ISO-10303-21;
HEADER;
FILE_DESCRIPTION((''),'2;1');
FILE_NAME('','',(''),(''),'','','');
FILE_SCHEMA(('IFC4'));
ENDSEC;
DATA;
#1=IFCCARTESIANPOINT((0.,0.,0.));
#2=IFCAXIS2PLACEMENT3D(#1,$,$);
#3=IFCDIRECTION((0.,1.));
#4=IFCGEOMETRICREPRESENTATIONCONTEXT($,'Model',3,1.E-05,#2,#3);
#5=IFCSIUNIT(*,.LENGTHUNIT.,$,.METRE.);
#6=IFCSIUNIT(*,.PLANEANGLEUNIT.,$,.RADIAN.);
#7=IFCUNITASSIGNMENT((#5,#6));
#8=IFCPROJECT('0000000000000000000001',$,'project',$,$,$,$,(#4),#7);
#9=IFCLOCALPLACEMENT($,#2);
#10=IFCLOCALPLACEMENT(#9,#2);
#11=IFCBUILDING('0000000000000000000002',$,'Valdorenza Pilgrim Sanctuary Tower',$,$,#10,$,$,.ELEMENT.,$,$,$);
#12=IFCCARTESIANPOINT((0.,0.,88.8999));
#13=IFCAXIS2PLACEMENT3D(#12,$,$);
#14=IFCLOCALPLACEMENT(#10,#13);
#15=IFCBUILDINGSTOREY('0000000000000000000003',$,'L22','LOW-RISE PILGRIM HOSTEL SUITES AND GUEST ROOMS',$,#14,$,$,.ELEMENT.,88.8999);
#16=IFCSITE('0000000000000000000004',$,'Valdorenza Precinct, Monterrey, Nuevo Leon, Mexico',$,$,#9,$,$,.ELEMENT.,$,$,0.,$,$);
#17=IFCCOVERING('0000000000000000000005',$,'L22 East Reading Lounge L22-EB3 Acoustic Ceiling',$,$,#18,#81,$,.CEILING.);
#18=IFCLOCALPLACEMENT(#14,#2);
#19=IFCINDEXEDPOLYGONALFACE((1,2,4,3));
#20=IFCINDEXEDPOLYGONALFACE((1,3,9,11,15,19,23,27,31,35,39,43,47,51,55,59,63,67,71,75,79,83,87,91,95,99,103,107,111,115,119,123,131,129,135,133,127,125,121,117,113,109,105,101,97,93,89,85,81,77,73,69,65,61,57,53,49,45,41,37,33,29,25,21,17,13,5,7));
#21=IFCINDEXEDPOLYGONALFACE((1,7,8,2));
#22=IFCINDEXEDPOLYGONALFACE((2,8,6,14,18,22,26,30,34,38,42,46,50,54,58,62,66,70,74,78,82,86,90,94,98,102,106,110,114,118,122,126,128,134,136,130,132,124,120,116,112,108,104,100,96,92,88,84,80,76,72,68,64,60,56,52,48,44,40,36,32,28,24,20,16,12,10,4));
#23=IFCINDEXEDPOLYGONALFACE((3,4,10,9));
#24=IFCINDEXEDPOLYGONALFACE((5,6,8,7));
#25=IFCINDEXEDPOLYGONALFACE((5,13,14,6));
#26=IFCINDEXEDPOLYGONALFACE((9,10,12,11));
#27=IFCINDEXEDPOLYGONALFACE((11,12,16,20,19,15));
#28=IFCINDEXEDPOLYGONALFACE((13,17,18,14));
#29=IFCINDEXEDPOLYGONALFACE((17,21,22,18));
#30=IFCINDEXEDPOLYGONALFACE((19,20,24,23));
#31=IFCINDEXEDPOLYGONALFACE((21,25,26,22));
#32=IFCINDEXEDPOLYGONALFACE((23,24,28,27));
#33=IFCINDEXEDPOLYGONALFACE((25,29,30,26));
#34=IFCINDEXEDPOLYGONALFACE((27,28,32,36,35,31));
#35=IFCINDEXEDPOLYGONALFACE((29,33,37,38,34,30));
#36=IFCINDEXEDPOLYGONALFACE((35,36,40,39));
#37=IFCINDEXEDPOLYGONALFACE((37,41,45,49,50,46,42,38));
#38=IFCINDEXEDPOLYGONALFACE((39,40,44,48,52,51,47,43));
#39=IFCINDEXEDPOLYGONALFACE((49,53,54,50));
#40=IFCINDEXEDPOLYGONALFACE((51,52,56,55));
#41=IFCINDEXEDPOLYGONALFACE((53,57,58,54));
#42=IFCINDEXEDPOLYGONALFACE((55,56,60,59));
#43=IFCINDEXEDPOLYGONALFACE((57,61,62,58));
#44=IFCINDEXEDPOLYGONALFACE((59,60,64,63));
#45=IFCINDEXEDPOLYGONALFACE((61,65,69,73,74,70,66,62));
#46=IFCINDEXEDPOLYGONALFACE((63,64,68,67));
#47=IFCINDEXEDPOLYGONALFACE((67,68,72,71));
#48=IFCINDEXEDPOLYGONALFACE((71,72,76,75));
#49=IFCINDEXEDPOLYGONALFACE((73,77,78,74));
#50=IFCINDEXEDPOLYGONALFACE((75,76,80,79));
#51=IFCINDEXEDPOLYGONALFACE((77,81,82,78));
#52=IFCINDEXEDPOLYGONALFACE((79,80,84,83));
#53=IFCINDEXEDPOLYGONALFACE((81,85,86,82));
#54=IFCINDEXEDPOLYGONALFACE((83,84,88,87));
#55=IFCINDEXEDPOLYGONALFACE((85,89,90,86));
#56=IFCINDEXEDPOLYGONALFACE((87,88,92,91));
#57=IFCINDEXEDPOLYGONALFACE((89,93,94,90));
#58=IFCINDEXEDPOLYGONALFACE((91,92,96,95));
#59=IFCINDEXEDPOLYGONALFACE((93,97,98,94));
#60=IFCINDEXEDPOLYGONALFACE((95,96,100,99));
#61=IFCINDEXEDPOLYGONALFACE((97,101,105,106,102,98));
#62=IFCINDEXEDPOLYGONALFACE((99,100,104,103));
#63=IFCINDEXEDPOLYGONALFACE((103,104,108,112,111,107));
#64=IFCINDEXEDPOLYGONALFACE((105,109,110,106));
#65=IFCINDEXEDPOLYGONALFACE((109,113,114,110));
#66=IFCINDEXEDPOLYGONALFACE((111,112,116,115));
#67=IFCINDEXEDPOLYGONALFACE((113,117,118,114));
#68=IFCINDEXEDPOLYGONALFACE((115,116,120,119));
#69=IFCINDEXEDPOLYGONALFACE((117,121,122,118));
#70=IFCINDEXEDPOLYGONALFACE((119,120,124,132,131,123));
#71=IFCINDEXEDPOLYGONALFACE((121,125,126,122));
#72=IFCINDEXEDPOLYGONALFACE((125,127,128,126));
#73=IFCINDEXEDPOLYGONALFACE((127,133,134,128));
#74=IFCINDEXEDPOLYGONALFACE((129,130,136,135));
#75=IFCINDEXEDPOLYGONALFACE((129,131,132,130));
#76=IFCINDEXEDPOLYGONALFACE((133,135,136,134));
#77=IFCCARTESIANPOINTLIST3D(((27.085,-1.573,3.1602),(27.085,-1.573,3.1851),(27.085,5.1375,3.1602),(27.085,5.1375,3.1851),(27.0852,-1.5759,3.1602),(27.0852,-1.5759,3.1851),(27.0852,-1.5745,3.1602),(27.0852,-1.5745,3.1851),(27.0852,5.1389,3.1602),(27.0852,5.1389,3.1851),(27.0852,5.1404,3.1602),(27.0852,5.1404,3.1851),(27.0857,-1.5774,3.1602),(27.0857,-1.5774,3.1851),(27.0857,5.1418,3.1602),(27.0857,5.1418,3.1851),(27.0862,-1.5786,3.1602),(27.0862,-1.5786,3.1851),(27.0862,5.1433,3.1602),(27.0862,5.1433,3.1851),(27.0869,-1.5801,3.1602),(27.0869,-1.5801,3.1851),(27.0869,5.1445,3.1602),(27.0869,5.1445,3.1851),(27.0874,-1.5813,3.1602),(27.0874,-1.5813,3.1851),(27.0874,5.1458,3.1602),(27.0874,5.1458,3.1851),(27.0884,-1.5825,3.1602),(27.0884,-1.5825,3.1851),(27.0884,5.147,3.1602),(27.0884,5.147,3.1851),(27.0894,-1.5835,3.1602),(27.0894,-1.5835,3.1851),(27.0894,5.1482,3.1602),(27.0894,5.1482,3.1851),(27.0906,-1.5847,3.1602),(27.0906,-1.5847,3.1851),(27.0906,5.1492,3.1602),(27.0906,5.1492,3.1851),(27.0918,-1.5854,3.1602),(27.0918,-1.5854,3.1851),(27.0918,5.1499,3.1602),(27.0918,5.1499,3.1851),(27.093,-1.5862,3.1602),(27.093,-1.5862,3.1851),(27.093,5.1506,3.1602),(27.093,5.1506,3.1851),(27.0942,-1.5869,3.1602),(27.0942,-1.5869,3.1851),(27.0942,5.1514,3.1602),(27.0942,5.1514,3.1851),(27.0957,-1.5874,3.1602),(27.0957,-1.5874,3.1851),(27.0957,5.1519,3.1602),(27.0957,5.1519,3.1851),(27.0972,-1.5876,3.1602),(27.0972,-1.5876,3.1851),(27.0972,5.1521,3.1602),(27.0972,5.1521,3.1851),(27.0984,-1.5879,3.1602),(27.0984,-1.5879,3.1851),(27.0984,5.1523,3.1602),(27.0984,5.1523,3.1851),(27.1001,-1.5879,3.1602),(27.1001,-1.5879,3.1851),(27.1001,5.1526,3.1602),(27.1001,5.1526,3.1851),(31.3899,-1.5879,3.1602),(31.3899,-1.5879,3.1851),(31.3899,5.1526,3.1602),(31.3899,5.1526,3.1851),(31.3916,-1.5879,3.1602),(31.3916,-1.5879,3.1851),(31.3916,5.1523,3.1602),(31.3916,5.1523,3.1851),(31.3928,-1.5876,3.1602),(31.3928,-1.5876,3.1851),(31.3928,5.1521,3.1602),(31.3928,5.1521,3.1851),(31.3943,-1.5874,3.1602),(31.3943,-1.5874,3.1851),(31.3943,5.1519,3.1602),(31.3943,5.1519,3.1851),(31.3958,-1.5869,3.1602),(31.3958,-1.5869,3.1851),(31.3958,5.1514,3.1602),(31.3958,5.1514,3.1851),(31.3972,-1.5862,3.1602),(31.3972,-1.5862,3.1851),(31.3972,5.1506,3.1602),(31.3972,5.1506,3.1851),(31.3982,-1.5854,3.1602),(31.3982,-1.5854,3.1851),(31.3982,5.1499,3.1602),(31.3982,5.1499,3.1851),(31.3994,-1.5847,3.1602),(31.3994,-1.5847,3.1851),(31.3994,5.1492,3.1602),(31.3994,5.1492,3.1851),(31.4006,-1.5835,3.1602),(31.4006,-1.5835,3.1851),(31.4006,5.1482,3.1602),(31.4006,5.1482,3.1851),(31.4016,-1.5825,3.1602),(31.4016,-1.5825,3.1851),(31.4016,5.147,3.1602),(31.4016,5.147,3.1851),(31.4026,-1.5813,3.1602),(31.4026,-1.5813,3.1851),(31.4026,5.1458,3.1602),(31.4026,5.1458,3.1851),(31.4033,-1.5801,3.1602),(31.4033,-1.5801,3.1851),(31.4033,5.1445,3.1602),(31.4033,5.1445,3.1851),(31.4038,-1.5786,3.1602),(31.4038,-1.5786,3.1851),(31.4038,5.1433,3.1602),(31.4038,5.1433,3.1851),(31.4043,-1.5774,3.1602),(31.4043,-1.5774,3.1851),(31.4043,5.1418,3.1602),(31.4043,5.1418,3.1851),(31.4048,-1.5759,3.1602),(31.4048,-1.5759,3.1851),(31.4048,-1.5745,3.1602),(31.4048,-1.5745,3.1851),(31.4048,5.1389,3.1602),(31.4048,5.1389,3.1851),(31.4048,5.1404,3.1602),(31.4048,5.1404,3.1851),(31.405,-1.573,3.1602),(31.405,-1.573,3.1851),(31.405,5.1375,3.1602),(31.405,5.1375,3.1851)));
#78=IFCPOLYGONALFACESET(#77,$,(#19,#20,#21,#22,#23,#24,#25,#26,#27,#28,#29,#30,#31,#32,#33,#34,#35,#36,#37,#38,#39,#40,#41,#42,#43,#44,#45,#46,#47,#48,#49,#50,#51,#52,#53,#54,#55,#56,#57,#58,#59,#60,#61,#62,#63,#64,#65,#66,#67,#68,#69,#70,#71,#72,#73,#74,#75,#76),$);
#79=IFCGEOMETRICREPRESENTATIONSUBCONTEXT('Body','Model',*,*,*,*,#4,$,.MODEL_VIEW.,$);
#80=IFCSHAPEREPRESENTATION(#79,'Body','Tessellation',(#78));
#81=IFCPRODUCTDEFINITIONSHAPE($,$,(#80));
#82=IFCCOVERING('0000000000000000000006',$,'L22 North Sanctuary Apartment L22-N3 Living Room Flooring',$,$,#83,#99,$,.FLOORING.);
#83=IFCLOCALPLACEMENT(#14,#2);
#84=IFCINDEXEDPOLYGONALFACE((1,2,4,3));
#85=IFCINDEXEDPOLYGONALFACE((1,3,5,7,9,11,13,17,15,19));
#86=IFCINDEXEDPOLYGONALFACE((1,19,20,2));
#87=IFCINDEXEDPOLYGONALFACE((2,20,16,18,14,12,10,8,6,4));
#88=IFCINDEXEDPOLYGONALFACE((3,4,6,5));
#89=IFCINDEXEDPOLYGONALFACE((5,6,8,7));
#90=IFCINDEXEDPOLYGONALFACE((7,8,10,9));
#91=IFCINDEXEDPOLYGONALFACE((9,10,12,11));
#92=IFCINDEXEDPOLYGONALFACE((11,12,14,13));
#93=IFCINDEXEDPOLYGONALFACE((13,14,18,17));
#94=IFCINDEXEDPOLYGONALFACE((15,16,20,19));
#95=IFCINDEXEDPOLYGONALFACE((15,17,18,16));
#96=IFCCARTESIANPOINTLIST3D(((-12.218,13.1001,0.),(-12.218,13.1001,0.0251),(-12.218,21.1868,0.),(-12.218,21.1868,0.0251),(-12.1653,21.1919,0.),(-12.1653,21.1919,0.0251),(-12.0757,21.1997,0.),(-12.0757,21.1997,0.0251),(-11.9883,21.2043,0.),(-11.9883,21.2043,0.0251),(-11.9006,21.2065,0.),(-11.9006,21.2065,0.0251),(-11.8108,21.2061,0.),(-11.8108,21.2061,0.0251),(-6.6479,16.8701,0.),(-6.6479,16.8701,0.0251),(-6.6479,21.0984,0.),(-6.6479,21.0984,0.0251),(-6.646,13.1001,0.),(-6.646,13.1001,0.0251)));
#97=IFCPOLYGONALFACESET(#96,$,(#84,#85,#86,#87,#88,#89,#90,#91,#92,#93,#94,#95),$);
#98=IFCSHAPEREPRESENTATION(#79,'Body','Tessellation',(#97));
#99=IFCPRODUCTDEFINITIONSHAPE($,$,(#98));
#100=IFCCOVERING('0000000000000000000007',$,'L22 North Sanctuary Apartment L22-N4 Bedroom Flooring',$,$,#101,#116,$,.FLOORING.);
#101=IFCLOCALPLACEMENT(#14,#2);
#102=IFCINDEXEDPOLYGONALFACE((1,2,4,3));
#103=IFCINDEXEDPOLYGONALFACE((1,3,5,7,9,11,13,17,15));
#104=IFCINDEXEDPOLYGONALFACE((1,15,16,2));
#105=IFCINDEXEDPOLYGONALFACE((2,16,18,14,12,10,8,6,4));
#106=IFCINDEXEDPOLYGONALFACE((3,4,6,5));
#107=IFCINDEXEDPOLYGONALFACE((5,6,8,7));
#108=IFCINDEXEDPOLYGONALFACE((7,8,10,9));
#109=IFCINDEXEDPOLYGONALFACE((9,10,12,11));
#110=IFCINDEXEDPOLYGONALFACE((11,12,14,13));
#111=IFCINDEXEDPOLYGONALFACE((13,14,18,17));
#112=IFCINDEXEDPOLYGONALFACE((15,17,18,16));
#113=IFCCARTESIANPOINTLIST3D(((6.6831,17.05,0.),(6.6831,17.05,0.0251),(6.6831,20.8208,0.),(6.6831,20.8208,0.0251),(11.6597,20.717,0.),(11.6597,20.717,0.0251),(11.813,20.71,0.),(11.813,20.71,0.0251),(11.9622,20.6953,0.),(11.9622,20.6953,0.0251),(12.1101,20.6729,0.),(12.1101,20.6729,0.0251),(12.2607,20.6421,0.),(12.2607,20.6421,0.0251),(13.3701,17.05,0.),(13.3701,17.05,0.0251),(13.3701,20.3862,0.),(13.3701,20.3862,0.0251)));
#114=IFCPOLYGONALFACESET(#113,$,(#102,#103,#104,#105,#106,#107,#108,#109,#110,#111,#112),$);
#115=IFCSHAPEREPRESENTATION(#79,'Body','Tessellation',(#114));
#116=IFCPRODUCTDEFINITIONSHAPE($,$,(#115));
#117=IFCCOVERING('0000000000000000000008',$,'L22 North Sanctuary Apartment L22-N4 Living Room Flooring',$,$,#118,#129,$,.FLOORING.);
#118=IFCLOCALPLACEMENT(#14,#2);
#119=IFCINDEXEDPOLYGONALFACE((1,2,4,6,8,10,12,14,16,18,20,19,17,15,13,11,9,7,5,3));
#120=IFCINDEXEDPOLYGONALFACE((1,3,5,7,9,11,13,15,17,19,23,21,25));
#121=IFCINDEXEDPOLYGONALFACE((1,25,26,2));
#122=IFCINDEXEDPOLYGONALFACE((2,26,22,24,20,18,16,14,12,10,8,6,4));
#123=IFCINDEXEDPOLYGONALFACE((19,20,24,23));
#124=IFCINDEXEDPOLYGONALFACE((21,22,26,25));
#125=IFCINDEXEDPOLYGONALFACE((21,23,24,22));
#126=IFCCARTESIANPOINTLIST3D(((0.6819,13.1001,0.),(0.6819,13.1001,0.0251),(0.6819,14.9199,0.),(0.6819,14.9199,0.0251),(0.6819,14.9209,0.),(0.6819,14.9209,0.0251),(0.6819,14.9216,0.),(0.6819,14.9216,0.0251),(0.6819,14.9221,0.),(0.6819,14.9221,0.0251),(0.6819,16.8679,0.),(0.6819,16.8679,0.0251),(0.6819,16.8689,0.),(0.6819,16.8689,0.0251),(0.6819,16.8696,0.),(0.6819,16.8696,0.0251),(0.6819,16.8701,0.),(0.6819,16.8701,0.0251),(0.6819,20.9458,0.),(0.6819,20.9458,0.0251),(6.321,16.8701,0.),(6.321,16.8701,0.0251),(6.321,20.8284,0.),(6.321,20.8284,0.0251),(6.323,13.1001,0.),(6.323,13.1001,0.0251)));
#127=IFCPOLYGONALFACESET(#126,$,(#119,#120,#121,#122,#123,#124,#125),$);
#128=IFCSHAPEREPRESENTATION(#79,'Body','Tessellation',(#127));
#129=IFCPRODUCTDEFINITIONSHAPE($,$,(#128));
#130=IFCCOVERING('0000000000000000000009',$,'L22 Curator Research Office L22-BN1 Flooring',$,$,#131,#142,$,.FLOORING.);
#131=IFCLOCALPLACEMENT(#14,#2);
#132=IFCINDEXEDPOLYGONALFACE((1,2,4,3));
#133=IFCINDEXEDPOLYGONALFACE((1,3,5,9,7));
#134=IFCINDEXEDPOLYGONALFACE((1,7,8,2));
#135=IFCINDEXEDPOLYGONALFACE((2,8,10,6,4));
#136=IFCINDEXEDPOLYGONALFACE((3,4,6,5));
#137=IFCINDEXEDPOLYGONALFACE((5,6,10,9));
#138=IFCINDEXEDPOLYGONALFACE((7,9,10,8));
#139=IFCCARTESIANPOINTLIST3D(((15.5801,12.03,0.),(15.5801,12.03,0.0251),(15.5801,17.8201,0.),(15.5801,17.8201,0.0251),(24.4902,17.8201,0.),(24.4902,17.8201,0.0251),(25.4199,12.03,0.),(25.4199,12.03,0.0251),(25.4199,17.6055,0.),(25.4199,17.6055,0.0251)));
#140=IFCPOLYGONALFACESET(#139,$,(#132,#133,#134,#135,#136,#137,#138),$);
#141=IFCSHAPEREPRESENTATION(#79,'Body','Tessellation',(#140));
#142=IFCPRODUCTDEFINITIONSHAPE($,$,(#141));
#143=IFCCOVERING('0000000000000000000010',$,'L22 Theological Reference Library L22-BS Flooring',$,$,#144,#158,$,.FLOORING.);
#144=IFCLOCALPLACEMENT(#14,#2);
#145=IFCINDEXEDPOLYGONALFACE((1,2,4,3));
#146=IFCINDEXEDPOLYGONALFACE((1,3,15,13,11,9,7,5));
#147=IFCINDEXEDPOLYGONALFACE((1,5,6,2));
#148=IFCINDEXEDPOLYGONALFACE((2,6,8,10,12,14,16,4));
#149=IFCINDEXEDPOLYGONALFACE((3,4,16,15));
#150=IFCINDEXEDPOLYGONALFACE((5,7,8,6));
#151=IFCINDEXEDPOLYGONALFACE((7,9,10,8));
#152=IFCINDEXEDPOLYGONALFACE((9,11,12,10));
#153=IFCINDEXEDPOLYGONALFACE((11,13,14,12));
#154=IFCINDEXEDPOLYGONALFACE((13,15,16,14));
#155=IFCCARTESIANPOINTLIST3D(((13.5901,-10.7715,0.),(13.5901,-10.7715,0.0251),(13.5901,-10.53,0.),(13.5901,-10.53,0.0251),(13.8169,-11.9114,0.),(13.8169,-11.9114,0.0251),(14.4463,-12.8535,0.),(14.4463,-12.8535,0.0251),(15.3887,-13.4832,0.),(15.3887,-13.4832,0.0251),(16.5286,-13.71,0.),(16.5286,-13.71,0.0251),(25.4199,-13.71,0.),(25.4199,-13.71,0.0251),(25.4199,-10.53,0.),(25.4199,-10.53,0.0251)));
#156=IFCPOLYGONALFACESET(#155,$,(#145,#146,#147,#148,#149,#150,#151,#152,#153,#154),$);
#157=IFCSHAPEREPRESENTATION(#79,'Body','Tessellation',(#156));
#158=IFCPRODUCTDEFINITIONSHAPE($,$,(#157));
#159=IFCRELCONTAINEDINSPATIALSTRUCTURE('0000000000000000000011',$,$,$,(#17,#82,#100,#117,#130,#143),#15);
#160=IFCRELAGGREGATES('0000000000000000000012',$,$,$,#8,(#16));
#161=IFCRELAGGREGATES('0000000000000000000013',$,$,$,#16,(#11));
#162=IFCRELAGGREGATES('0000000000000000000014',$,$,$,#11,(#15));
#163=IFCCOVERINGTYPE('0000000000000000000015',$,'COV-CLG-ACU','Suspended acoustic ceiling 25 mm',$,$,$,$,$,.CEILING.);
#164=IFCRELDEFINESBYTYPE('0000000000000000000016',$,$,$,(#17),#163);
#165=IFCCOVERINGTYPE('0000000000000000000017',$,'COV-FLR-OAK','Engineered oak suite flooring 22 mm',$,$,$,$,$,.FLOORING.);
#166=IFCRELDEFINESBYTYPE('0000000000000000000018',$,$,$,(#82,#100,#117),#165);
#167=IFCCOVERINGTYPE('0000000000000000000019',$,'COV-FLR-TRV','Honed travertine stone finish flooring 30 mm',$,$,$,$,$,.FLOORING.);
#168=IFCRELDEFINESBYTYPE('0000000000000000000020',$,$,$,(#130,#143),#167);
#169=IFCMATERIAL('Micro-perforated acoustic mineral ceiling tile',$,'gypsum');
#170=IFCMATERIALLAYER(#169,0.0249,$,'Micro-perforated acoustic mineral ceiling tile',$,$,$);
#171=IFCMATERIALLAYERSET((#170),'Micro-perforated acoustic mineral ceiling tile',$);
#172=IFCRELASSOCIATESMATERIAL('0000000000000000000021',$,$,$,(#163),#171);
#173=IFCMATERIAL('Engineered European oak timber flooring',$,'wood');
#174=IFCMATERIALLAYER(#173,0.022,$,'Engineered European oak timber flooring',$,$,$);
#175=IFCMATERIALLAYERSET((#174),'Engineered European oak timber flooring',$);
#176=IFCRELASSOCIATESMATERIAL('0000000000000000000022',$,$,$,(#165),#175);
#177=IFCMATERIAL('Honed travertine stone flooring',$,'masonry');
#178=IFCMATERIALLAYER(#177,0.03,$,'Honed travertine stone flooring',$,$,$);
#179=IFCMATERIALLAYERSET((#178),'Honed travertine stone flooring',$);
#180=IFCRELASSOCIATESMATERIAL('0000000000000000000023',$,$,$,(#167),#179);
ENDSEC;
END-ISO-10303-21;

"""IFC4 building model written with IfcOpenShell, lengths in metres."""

from ifc_helpers import new_model, si_unit, direction, frame, origin, place, context, subcontext, project, spatial, polyline, outline, extrude, material, layer, layer_set, type_object, element, save


model = new_model("IFC4")

# Units and contexts
model_context = context("Model", 3, precision=1e-05, world=origin(), true_north=direction((0.0, 1.0)))
body_context = subcontext(model_context, "Body", "Model", "MODEL_VIEW")
ifc_project = project(units=[si_unit("LENGTHUNIT", "METRE"), si_unit("PLANEANGLEUNIT", "RADIAN")], contexts=[model_context])

# Site, building, storey
site_placement = place(None, origin())
site = spatial("IfcSite", under=ifc_project, at=site_placement, Name="Valdorenza Precinct, Monterrey, Nuevo Leon, Mexico", CompositionType="ELEMENT", RefElevation=0.0)
building_placement = place(site_placement, origin())
building = spatial("IfcBuilding", under=site, at=building_placement, Name="Valdorenza Pilgrim Sanctuary Tower", CompositionType="ELEMENT")
storey_placement = place(building_placement, frame((0.0, 0.0, 88.8999)))
storey = spatial("IfcBuildingStorey", under=building, at=storey_placement, Name="L22", Description="LOW-RISE PILGRIM HOSTEL SUITES AND GUEST ROOMS", CompositionType="ELEMENT", Elevation=88.8999)

# Coverings
ifc_material_1 = material(Name="Micro-perforated acoustic mineral ceiling tile", Category="gypsum")
ifc_layer_1 = layer(ifc_material_1, 0.0249, Name="Micro-perforated acoustic mineral ceiling tile")
ifc_layer_set_1 = layer_set([ifc_layer_1], Name="Micro-perforated acoustic mineral ceiling tile")
covering_type_1 = type_object("IfcCoveringType", Name="COV-CLG-ACU", Description="Suspended acoustic ceiling 25 mm", PredefinedType="CEILING", material=ifc_layer_set_1)
covering_1_placement = place(storey_placement, frame((0.0, 0.0, 3.1602)))
element("IfcCovering", 1, at=covering_1_placement, inside=storey, type_object=covering_type_1, Name="L22 East Reading Lounge L22-EB3 Acoustic Ceiling", PredefinedType="CEILING", context=body_context, shape_type="SweptSolid", body=[
    extrude(outline(polyline([(27.085, 5.1375), (27.0852, 5.1389), (27.0852, 5.1404), (27.0857, 5.1418), (27.0862, 5.1433), (27.0869, 5.1445), (27.0874, 5.1458), (27.0884, 5.147), (27.0894, 5.1482), (27.0906, 5.1492), (27.0918, 5.1499), (27.093, 5.1506), (27.0942, 5.1514), (27.0957, 5.1519), (27.0972, 5.1521), (27.0984, 5.1523), (27.1001, 5.1526), (31.3899, 5.1526), (31.3916, 5.1523), (31.3928, 5.1521), (31.3943, 5.1519), (31.3958, 5.1514), (31.3972, 5.1506), (31.3982, 5.1499), (31.3994, 5.1492), (31.4006, 5.1482), (31.4016, 5.147), (31.4026, 5.1458), (31.4033, 5.1445), (31.4038, 5.1433), (31.4043, 5.1418), (31.4048, 5.1404), (31.4048, 5.1389), (31.405, 5.1375), (31.405, -1.573), (31.4048, -1.5745), (31.4048, -1.5759), (31.4043, -1.5774), (31.4038, -1.5786), (31.4033, -1.5801), (31.4026, -1.5813), (31.4016, -1.5825), (31.4006, -1.5835), (31.3994, -1.5847), (31.3982, -1.5854), (31.3972, -1.5862), (31.3958, -1.5869), (31.3943, -1.5874), (31.3928, -1.5876), (31.3916, -1.5879), (31.3899, -1.5879), (27.1001, -1.5879), (27.0984, -1.5879), (27.0972, -1.5876), (27.0957, -1.5874), (27.0942, -1.5869), (27.093, -1.5862), (27.0918, -1.5854), (27.0906, -1.5847), (27.0894, -1.5835), (27.0884, -1.5825), (27.0874, -1.5813), (27.0869, -1.5801), (27.0862, -1.5786), (27.0857, -1.5774), (27.0852, -1.5759), (27.0852, -1.5745), (27.085, -1.573), (27.085, 5.1375)])), origin(), (0.0, 0.0, 1.0), 0.0249),
])
ifc_material_2 = material(Name="Engineered European oak timber flooring", Category="wood")
ifc_layer_2 = layer(ifc_material_2, 0.022, Name="Engineered European oak timber flooring")
ifc_layer_set_2 = layer_set([ifc_layer_2], Name="Engineered European oak timber flooring")
covering_type_2 = type_object("IfcCoveringType", Name="COV-FLR-OAK", Description="Engineered oak suite flooring 22 mm", PredefinedType="FLOORING", material=ifc_layer_set_2)
covering_2_placement = place(storey_placement, origin())
element("IfcCovering", 2, at=covering_2_placement, inside=storey, type_object=covering_type_2, Name="L22 North Sanctuary Apartment L22-N3 Living Room Flooring", PredefinedType="FLOORING", context=body_context, shape_type="SweptSolid", body=[
    extrude(outline(polyline([(-12.218, 13.1001), (-12.218, 21.1868), (-12.1653, 21.1919), (-12.0757, 21.1997), (-11.9883, 21.2043), (-11.9006, 21.2065), (-11.8108, 21.2061), (-6.6479, 21.0984), (-6.6479, 16.8701), (-6.646, 13.1001), (-12.218, 13.1001)])), origin(), (0.0, 0.0, 1.0), 0.0251),
])
covering_3_placement = place(storey_placement, origin())
element("IfcCovering", 3, at=covering_3_placement, inside=storey, type_object=covering_type_2, Name="L22 North Sanctuary Apartment L22-N4 Bedroom Flooring", PredefinedType="FLOORING", context=body_context, shape_type="SweptSolid", body=[
    extrude(outline(polyline([(6.6831, 17.05), (6.6831, 20.8208), (11.6597, 20.717), (11.813, 20.71), (11.9622, 20.6953), (12.1101, 20.6729), (12.2607, 20.6421), (13.3701, 20.3862), (13.3701, 17.05), (6.6831, 17.05)])), origin(), (0.0, 0.0, 1.0), 0.0251),
])
covering_4_placement = place(storey_placement, origin())
element("IfcCovering", 4, at=covering_4_placement, inside=storey, type_object=covering_type_2, Name="L22 North Sanctuary Apartment L22-N4 Living Room Flooring", PredefinedType="FLOORING", context=body_context, shape_type="SweptSolid", body=[
    extrude(outline(polyline([(0.6819, 14.9216), (0.6819, 14.9221), (0.6819, 16.8679), (0.6819, 16.8689), (0.6819, 16.8696), (0.6819, 16.8701), (0.6819, 20.9458), (6.321, 20.8284), (6.321, 16.8701), (6.323, 13.1001), (0.6819, 13.1001), (0.6819, 14.9199), (0.6819, 14.9209), (0.6819, 14.9216)])), origin(), (0.0, 0.0, 1.0), 0.0251),
])
ifc_material_3 = material(Name="Honed travertine stone flooring", Category="masonry")
ifc_layer_3 = layer(ifc_material_3, 0.03, Name="Honed travertine stone flooring")
ifc_layer_set_3 = layer_set([ifc_layer_3], Name="Honed travertine stone flooring")
covering_type_3 = type_object("IfcCoveringType", Name="COV-FLR-TRV", Description="Honed travertine stone finish flooring 30 mm", PredefinedType="FLOORING", material=ifc_layer_set_3)
covering_5_placement = place(storey_placement, origin())
element("IfcCovering", 5, at=covering_5_placement, inside=storey, type_object=covering_type_3, Name="L22 Curator Research Office L22-BN1 Flooring", PredefinedType="FLOORING", context=body_context, shape_type="SweptSolid", body=[
    extrude(outline(polyline([(15.5801, 12.03), (15.5801, 17.8201), (24.4902, 17.8201), (25.4199, 17.6055), (25.4199, 12.03), (15.5801, 12.03)])), origin(), (0.0, 0.0, 1.0), 0.0251),
])
covering_6_placement = place(storey_placement, origin())
element("IfcCovering", 6, at=covering_6_placement, inside=storey, type_object=covering_type_3, Name="L22 Theological Reference Library L22-BS Flooring", PredefinedType="FLOORING", context=body_context, shape_type="SweptSolid", body=[
    extrude(outline(polyline([(25.4199, -13.71), (16.5286, -13.71), (15.3887, -13.4832), (14.4463, -12.8535), (13.8169, -11.9114), (13.5901, -10.7715), (13.5901, -10.53), (25.4199, -10.53), (25.4199, -13.71)])), origin(), (0.0, 0.0, 1.0), 0.0251),
])

save(model, "model.ifc")
